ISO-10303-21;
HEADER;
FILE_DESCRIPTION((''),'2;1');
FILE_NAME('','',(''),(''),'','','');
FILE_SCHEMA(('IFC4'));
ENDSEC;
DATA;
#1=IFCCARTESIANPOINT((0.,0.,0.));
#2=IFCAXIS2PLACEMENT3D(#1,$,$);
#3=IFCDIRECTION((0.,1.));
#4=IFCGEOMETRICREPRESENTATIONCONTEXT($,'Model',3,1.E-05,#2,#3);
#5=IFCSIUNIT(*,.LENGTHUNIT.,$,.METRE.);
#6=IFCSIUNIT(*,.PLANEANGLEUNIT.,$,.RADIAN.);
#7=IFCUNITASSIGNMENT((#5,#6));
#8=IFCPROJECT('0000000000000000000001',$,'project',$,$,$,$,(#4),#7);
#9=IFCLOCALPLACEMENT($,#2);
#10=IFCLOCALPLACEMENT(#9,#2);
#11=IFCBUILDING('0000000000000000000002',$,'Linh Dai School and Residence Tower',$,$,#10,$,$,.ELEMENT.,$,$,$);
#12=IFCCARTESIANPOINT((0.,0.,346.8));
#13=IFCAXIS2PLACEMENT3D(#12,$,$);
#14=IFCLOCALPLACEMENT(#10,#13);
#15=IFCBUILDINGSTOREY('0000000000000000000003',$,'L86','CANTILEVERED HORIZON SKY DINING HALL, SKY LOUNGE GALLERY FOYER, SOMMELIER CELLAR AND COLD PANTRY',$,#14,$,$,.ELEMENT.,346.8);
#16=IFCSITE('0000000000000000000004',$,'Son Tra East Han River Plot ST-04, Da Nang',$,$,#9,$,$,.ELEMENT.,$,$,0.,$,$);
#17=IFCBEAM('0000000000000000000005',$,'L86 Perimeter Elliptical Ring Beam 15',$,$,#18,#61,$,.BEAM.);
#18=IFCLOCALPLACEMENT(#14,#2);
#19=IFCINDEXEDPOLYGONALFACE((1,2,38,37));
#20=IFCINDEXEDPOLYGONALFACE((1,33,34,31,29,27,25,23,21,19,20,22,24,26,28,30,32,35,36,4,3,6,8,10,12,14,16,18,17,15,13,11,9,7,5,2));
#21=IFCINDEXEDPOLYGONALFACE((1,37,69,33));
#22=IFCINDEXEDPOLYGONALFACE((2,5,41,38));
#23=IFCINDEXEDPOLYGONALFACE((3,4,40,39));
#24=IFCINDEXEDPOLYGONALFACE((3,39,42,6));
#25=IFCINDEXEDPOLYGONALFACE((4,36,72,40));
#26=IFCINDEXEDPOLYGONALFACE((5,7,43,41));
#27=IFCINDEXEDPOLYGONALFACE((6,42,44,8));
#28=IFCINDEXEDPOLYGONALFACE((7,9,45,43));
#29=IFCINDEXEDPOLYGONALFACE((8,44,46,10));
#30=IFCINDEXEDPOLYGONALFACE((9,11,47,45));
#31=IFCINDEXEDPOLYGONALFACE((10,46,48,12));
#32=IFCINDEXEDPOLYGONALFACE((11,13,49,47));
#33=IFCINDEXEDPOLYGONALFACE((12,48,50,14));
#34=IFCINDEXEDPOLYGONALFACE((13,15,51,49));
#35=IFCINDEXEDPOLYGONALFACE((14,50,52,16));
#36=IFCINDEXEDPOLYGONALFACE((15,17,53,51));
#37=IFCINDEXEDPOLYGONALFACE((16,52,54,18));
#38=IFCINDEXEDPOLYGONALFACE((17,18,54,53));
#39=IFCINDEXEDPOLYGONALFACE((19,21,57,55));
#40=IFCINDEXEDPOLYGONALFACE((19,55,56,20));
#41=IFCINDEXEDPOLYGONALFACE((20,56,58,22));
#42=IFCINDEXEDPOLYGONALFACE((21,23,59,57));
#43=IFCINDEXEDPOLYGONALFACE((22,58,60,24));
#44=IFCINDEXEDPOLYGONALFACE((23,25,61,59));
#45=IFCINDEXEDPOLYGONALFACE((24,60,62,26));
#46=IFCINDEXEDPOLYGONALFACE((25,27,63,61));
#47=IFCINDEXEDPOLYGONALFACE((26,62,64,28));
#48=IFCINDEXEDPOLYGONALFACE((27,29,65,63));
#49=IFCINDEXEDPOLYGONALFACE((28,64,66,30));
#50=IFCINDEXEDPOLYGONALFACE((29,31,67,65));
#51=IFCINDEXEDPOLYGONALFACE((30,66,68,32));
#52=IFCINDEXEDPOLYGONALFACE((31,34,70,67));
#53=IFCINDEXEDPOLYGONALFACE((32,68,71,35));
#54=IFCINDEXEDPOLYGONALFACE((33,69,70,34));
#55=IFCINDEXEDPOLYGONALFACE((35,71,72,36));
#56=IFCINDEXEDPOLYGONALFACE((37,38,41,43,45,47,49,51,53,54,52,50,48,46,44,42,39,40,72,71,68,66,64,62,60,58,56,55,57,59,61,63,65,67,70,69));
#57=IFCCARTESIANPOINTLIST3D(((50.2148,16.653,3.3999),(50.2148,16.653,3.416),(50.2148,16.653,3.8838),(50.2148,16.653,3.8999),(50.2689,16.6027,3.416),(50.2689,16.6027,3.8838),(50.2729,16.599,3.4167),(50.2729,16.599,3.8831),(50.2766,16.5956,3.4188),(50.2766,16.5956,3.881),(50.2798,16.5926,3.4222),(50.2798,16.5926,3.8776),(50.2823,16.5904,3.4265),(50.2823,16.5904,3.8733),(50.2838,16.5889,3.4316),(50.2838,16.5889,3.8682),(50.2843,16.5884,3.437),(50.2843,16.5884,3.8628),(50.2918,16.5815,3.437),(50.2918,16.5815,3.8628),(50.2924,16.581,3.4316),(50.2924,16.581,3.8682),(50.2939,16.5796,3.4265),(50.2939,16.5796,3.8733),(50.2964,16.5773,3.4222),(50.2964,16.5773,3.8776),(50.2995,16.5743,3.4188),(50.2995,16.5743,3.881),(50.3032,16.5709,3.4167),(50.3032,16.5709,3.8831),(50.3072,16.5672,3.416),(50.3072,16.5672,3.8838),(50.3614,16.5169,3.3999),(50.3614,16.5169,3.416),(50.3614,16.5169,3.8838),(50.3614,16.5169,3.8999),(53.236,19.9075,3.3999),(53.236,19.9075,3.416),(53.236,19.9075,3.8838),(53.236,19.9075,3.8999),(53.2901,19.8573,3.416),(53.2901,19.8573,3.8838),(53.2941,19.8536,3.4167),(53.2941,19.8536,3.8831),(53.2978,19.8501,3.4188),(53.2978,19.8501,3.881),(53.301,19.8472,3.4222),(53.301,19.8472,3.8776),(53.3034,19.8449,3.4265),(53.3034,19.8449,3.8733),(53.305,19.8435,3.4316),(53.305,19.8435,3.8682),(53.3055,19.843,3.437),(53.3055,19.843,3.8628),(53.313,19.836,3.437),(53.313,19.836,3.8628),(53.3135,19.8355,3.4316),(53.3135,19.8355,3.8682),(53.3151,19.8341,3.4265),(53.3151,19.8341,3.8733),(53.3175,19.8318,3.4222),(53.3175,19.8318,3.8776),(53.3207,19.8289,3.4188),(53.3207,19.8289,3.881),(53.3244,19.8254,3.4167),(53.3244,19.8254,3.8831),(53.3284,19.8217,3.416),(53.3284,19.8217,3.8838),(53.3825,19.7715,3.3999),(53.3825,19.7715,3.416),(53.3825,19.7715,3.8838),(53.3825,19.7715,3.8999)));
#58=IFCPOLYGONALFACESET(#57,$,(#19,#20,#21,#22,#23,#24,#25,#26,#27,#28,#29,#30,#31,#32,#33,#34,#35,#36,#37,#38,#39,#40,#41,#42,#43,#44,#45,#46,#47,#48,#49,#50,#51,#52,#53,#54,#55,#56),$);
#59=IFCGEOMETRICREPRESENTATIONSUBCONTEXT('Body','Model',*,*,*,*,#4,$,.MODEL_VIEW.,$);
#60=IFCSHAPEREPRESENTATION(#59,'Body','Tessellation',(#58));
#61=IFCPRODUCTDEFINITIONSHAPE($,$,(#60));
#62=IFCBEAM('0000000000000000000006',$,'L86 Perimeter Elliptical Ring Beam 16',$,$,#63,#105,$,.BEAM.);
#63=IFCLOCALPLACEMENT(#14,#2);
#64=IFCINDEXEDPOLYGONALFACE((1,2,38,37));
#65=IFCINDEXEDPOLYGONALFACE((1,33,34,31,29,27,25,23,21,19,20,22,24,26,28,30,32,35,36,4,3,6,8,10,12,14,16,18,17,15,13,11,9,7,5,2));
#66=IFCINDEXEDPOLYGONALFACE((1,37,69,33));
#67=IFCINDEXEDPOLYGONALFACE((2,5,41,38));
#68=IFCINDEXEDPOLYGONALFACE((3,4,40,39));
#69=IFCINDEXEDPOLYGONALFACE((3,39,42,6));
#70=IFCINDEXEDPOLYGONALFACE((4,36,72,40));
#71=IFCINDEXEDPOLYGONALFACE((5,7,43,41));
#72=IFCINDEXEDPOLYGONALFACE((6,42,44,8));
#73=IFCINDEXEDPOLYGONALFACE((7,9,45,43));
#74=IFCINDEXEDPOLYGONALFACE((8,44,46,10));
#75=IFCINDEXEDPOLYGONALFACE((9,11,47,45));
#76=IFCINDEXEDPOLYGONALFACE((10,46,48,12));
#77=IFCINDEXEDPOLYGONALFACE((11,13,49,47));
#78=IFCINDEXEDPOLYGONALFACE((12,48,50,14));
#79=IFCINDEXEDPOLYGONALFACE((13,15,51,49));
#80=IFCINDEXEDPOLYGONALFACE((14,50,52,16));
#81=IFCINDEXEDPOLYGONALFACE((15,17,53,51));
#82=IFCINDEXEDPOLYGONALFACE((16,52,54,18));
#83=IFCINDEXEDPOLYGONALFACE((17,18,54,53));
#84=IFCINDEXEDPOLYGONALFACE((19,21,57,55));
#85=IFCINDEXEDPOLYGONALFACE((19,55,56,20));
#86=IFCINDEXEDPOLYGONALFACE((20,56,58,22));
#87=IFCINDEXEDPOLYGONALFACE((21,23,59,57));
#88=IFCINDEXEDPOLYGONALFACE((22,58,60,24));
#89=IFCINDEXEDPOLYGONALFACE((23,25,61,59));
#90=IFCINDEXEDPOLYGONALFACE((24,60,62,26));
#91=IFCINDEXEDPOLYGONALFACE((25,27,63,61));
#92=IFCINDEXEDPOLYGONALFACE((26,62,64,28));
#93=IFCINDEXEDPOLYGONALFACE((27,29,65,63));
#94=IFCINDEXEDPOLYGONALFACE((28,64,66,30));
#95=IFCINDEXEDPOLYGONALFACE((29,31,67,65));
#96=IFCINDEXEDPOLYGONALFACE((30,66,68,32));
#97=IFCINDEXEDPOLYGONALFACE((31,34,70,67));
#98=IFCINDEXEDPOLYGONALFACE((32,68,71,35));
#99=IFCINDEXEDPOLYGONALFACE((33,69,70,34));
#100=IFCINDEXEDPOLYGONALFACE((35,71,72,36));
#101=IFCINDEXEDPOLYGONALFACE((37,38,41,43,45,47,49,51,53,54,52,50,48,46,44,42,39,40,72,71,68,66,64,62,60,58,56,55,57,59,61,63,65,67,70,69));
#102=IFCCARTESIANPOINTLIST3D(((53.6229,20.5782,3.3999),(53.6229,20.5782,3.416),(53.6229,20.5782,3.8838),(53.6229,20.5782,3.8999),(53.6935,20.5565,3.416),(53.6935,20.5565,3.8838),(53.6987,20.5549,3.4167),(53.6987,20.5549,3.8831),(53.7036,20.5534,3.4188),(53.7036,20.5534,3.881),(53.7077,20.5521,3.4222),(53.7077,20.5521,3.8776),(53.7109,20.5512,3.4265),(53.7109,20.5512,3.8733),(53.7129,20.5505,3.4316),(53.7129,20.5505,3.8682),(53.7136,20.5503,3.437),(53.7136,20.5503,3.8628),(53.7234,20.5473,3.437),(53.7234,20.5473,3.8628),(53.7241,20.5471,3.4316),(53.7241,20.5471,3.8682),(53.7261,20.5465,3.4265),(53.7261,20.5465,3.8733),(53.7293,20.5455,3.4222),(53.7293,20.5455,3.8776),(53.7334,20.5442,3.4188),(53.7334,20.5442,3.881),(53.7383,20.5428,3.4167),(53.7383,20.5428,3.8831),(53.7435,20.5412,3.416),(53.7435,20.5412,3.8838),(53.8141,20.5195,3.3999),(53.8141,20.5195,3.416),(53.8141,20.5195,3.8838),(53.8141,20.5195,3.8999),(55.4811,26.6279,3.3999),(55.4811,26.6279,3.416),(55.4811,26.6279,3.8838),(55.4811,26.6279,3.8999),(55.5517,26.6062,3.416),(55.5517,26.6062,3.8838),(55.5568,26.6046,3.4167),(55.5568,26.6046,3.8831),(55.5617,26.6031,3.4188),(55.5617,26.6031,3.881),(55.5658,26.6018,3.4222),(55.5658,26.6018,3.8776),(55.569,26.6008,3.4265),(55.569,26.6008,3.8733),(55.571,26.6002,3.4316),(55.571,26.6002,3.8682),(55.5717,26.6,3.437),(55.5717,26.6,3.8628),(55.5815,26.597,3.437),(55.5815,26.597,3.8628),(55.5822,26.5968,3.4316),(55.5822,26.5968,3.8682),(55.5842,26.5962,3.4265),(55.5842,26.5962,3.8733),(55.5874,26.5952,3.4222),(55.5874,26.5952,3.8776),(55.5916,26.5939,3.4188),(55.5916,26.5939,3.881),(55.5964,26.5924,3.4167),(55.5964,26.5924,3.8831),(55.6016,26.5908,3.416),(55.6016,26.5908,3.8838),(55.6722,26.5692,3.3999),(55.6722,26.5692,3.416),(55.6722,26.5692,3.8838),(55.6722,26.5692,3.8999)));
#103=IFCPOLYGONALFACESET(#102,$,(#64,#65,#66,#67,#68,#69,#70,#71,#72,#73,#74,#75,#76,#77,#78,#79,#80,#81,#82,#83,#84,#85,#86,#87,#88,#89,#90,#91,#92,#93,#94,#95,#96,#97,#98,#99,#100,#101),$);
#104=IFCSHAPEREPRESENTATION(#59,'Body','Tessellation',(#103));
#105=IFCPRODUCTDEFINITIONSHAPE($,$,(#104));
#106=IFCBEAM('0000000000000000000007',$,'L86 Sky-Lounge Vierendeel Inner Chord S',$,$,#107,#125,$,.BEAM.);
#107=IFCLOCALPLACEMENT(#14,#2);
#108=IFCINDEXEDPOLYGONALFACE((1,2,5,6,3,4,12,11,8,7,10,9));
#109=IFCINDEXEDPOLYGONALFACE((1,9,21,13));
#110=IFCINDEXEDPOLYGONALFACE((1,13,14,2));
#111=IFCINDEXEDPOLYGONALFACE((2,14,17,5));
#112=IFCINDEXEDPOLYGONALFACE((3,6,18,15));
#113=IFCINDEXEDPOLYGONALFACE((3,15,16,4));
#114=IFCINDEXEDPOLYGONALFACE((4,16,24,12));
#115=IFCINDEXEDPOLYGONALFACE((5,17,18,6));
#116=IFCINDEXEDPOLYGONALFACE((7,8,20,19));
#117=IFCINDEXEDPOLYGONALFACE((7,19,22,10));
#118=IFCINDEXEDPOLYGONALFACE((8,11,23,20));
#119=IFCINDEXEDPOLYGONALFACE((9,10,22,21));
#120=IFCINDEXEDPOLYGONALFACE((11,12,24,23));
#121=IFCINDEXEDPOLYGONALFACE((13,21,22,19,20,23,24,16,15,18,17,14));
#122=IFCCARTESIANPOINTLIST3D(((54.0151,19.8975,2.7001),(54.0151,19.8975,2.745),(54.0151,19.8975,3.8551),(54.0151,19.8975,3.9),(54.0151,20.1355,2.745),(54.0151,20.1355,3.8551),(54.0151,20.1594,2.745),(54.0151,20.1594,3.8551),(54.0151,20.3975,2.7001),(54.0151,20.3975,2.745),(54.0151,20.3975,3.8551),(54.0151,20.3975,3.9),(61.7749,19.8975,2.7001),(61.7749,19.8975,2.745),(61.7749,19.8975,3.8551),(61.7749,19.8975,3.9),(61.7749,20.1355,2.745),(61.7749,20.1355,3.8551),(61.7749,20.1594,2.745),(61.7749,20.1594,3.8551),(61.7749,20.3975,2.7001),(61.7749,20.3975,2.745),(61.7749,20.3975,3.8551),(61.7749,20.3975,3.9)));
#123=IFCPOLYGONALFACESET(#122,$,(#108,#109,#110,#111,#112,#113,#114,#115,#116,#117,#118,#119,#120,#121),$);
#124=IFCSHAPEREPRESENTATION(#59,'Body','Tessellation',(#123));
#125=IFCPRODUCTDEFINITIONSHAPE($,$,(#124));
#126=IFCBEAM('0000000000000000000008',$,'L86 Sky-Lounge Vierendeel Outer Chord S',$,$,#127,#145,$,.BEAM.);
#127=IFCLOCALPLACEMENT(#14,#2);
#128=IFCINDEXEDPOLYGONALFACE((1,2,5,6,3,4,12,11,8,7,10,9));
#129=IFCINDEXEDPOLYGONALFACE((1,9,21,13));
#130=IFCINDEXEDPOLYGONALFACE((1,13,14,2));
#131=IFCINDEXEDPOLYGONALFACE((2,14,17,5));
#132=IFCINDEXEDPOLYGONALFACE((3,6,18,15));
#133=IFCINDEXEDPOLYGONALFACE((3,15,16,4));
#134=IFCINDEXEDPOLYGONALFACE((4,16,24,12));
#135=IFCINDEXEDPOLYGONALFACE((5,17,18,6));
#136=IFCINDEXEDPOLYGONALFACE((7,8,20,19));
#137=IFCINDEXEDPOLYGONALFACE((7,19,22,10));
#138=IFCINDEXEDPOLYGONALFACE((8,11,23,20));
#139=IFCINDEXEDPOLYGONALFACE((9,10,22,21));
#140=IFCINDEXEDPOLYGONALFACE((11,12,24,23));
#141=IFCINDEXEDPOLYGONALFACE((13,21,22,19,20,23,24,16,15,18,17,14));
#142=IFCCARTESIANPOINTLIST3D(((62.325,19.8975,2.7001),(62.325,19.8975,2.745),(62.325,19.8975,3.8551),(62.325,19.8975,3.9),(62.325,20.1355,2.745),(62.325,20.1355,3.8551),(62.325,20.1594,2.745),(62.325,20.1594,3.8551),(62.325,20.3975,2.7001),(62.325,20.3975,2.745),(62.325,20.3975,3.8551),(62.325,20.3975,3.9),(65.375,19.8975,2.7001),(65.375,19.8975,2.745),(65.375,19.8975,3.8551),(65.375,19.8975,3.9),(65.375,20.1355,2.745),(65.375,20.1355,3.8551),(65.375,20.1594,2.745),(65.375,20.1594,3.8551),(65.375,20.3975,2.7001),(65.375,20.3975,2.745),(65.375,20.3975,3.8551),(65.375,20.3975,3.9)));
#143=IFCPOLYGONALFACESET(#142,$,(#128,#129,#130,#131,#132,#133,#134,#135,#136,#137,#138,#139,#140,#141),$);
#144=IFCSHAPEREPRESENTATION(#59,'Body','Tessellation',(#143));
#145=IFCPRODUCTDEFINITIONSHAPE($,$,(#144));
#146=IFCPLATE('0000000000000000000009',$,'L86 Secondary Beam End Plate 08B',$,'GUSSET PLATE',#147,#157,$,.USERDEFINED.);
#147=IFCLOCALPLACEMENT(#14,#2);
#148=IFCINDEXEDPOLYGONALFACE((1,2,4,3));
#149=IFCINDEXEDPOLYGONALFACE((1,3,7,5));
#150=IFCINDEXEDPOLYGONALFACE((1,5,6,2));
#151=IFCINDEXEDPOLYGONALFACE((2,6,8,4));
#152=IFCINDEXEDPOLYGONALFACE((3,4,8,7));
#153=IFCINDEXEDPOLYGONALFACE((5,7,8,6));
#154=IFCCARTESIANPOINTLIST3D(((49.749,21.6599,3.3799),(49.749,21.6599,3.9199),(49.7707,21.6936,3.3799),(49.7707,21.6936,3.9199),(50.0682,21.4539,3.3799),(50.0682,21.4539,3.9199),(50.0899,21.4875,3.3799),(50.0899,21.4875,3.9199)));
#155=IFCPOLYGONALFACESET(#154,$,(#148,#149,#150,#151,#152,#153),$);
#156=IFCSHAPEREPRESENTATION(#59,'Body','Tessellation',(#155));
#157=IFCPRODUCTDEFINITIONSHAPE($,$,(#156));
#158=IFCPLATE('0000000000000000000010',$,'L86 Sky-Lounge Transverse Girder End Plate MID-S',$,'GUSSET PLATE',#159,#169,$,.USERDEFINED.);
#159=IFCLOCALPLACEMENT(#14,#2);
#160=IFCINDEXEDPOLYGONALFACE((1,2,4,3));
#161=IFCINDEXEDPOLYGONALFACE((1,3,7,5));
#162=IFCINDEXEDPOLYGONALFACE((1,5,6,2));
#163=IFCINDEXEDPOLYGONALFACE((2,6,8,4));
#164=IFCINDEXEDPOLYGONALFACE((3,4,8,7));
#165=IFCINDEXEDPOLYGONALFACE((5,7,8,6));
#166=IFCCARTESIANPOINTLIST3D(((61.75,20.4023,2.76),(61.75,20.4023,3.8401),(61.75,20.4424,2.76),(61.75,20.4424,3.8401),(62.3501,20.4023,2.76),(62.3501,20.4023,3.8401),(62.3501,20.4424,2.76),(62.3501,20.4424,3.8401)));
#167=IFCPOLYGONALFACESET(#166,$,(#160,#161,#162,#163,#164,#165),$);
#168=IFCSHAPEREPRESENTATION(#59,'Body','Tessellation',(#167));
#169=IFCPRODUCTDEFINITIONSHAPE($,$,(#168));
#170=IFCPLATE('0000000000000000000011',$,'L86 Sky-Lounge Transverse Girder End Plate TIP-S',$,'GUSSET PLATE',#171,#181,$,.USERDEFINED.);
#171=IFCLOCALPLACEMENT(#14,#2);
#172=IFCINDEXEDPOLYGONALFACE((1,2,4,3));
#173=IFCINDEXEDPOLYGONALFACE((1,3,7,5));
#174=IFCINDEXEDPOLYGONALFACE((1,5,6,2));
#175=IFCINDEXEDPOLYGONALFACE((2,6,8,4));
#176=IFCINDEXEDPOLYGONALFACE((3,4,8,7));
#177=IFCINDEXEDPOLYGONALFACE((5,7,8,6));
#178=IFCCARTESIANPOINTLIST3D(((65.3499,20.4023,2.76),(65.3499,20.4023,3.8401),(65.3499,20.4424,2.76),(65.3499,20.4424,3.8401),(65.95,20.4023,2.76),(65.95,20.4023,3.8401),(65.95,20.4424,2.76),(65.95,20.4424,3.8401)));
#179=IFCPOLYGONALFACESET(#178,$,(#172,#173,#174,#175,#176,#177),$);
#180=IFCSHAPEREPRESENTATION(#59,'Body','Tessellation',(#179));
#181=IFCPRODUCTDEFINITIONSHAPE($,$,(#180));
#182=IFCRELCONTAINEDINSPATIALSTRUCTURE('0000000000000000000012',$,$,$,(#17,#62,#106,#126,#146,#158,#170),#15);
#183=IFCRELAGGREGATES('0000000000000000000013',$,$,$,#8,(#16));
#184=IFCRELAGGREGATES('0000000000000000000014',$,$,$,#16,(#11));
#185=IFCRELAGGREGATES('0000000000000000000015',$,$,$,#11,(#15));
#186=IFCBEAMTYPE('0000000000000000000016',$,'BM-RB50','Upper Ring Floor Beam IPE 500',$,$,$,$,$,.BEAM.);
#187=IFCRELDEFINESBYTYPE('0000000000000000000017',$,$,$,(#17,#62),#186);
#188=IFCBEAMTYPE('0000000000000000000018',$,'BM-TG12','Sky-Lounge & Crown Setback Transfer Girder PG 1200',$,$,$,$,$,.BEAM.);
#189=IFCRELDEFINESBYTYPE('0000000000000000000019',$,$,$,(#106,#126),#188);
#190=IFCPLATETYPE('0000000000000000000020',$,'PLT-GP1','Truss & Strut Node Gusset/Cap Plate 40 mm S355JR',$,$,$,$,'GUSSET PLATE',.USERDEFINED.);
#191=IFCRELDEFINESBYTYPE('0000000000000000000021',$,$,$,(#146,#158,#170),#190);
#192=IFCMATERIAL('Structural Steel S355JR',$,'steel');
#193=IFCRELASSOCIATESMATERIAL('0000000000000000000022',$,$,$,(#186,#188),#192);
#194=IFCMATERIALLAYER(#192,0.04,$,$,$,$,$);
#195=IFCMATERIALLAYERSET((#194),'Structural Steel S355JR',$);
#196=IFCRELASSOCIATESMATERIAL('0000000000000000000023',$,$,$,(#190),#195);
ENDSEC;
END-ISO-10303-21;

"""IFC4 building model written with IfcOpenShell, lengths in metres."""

from ifc_helpers import new_model, si_unit, direction, frame, origin, origin_2d, place, context, subcontext, project, spatial, rectangle, i_section, extrude, source, transform, mapped, material, layer, layer_set, material_profile, profile_set, type_object, element, save


model = new_model("IFC4")

# Units and contexts
model_context = context("Model", 3, precision=1e-05, world=origin(), true_north=direction((0.0, 1.0)))
body_context = subcontext(model_context, "Body", "Model", "MODEL_VIEW")
ifc_project = project(units=[si_unit("LENGTHUNIT", "METRE"), si_unit("PLANEANGLEUNIT", "RADIAN")], contexts=[model_context])

# Site, building, storey
site_placement = place(None, origin())
site = spatial("IfcSite", under=ifc_project, at=site_placement, Name="Son Tra East Han River Plot ST-04, Da Nang", CompositionType="ELEMENT", RefElevation=0.0)
building_placement = place(site_placement, origin())
building = spatial("IfcBuilding", under=site, at=building_placement, Name="Linh Dai School and Residence Tower", CompositionType="ELEMENT")
storey_placement = place(building_placement, frame((0.0, 0.0, 346.8)))
storey = spatial("IfcBuildingStorey", under=building, at=storey_placement, Name="L86", Description="CANTILEVERED HORIZON SKY DINING HALL, SKY LOUNGE GALLERY FOYER, SOMMELIER CELLAR AND COLD PANTRY", CompositionType="ELEMENT", Elevation=346.8)

# Shared definitions
ifc_material_1 = material(Name="Structural Steel S355JR", Category="steel")

# Beams
ifc_material_profile_1 = material_profile(ifc_material_1, i_section(OverallWidth=0.2, OverallDepth=0.5, WebThickness=0.0103, FlangeThickness=0.0161, FilletRadius=0.021, at=origin_2d()), Name="IPE 500")
ifc_profile_set_1 = profile_set([ifc_material_profile_1], Name="Structural Steel S355JR")
beam_type_1 = type_object("IfcBeamType", Name="BM-RB50", Description="Upper Ring Floor Beam IPE 500", PredefinedType="BEAM", material=ifc_profile_set_1)
beam_1_placement = place(storey_placement, frame((50.2881, 16.585, 3.6499), z_axis=(0.680339, 0.732897, 0.0), x_axis=(-0.732897, 0.680339, 0.0)))
element("IfcBeam", 1, at=beam_1_placement, inside=storey, type_object=beam_type_1, Name="L86 Perimeter Elliptical Ring Beam 15", PredefinedType="BEAM", context=body_context, shape_type="SweptSolid", body=[
    extrude(i_section(OverallWidth=0.2, OverallDepth=0.5, WebThickness=0.0103, FlangeThickness=0.0161, FilletRadius=0.021, at=origin_2d()), origin(), (0.0, 0.0, 1.0), 4.4407),
])
beam_2_placement = place(storey_placement, frame((53.7185, 20.5488, 3.6499), z_axis=(0.293606, 0.955927, 0.0), x_axis=(-0.955927, 0.293606, 0.0)))
element("IfcBeam", 2, at=beam_2_placement, inside=storey, type_object=beam_type_1, Name="L86 Perimeter Elliptical Ring Beam 16", PredefinedType="BEAM", context=body_context, shape_type="SweptSolid", body=[
    extrude(i_section(OverallWidth=0.2, OverallDepth=0.5, WebThickness=0.0103, FlangeThickness=0.0161, FilletRadius=0.021, at=origin_2d()), origin(), (0.0, 0.0, 1.0), 6.3286),
])
ifc_material_profile_2 = material_profile(ifc_material_1, i_section(OverallWidth=0.5, OverallDepth=1.2, WebThickness=0.0239, FlangeThickness=0.0449, at=origin_2d()), Name="PG 1200x500x24x45")
ifc_profile_set_2 = profile_set([ifc_material_profile_2], Name="Structural Steel S355JR")
beam_type_2 = type_object("IfcBeamType", Name="BM-TG12", Description="Sky-Lounge & Crown Setback Transfer Girder PG 1200", PredefinedType="BEAM", material=ifc_profile_set_2)
beam_3_placement = place(storey_placement, frame((54.0151, 20.1475, 3.3), z_axis=(1.0, 0.0, 0.0), x_axis=(0.0, 1.0, 0.0)))
element("IfcBeam", 3, at=beam_3_placement, inside=storey, type_object=beam_type_2, Name="L86 Sky-Lounge Vierendeel Inner Chord S", PredefinedType="BEAM", context=body_context, shape_type="SweptSolid", body=[
    extrude(i_section(OverallWidth=0.5, OverallDepth=1.2, WebThickness=0.0239, FlangeThickness=0.0449, at=origin_2d()), origin(), (0.0, 0.0, 1.0), 7.7598),
])
beam_4_placement = place(storey_placement, frame((62.325, 20.1475, 3.3), z_axis=(1.0, 0.0, 0.0), x_axis=(0.0, 1.0, 0.0)))
element("IfcBeam", 4, at=beam_4_placement, inside=storey, type_object=beam_type_2, Name="L86 Sky-Lounge Vierendeel Outer Chord S", PredefinedType="BEAM", context=body_context, shape_type="SweptSolid", body=[
    extrude(i_section(OverallWidth=0.5, OverallDepth=1.2, WebThickness=0.0239, FlangeThickness=0.0449, at=origin_2d()), origin(), (0.0, 0.0, 1.0), 3.05),
])

# Plates
ifc_layer_1 = layer(ifc_material_1, 0.04)
ifc_layer_set_1 = layer_set([ifc_layer_1], Name="Structural Steel S355JR")
plate_type = type_object("IfcPlateType", Name="PLT-GP1", Description="Truss & Strut Node Gusset/Cap Plate 40 mm S355JR", ElementType="GUSSET PLATE", PredefinedType="USERDEFINED", material=ifc_layer_set_1)
shared_shape_1 = source(origin(), body_context, "Body", "SweptSolid", [
    extrude(rectangle(XDim=0.04, YDim=0.3799, at=origin_2d()), origin(), (0.0, 0.0, 1.0), 0.54),
])
plate_placement = place(storey_placement, frame((49.9194, 21.5737, 3.3799), z_axis=(0.0, 0.0, 1.0), x_axis=(0.542322, 0.840171, 0.0)))
element("IfcPlate", 5, at=plate_placement, inside=storey, type_object=plate_type, Name="L86 Secondary Beam End Plate 08B", ObjectType="GUSSET PLATE", PredefinedType="USERDEFINED", context=body_context, shape_type="MappedRepresentation", body=[
    mapped(shared_shape_1, transform((0.0, 0.0, 0.0), x_axis=(1.0, 0.0, 0.0), y_axis=(0.0, 1.0, 0.0), z_axis=(0.0, 0.0, 1.0), scale=1.0)),
])
shared_shape_2 = source(origin(), body_context, "Body", "SweptSolid", [
    extrude(rectangle(XDim=0.6001, YDim=0.04, at=origin_2d()), origin(), (0.0, 0.0, 1.0), 1.0801),
])
for number, where, z_axis, x_axis, name in (
    (6, (62.05, 20.4224, 2.76), (0.0, 0.0, 1.0), (1.0, 0.0, 0.0), "L86 Sky-Lounge Transverse Girder End Plate MID-S"),
    (7, (65.6499, 20.4224, 2.76), (0.0, 0.0, 1.0), (1.0, 0.0, 0.0), "L86 Sky-Lounge Transverse Girder End Plate TIP-S"),
):
    element("IfcPlate", number, at=place(storey_placement, frame(where, z_axis=z_axis, x_axis=x_axis)), inside=storey, type_object=plate_type, Name=name, ObjectType="GUSSET PLATE", PredefinedType="USERDEFINED", context=body_context, shape_type="MappedRepresentation", body=[
        mapped(shared_shape_2, transform((0.0, 0.0, 0.0), x_axis=(1.0, 0.0, 0.0), y_axis=(0.0, 1.0, 0.0), z_axis=(0.0, 0.0, 1.0), scale=1.0)),
    ])

save(model, "model.ifc")
